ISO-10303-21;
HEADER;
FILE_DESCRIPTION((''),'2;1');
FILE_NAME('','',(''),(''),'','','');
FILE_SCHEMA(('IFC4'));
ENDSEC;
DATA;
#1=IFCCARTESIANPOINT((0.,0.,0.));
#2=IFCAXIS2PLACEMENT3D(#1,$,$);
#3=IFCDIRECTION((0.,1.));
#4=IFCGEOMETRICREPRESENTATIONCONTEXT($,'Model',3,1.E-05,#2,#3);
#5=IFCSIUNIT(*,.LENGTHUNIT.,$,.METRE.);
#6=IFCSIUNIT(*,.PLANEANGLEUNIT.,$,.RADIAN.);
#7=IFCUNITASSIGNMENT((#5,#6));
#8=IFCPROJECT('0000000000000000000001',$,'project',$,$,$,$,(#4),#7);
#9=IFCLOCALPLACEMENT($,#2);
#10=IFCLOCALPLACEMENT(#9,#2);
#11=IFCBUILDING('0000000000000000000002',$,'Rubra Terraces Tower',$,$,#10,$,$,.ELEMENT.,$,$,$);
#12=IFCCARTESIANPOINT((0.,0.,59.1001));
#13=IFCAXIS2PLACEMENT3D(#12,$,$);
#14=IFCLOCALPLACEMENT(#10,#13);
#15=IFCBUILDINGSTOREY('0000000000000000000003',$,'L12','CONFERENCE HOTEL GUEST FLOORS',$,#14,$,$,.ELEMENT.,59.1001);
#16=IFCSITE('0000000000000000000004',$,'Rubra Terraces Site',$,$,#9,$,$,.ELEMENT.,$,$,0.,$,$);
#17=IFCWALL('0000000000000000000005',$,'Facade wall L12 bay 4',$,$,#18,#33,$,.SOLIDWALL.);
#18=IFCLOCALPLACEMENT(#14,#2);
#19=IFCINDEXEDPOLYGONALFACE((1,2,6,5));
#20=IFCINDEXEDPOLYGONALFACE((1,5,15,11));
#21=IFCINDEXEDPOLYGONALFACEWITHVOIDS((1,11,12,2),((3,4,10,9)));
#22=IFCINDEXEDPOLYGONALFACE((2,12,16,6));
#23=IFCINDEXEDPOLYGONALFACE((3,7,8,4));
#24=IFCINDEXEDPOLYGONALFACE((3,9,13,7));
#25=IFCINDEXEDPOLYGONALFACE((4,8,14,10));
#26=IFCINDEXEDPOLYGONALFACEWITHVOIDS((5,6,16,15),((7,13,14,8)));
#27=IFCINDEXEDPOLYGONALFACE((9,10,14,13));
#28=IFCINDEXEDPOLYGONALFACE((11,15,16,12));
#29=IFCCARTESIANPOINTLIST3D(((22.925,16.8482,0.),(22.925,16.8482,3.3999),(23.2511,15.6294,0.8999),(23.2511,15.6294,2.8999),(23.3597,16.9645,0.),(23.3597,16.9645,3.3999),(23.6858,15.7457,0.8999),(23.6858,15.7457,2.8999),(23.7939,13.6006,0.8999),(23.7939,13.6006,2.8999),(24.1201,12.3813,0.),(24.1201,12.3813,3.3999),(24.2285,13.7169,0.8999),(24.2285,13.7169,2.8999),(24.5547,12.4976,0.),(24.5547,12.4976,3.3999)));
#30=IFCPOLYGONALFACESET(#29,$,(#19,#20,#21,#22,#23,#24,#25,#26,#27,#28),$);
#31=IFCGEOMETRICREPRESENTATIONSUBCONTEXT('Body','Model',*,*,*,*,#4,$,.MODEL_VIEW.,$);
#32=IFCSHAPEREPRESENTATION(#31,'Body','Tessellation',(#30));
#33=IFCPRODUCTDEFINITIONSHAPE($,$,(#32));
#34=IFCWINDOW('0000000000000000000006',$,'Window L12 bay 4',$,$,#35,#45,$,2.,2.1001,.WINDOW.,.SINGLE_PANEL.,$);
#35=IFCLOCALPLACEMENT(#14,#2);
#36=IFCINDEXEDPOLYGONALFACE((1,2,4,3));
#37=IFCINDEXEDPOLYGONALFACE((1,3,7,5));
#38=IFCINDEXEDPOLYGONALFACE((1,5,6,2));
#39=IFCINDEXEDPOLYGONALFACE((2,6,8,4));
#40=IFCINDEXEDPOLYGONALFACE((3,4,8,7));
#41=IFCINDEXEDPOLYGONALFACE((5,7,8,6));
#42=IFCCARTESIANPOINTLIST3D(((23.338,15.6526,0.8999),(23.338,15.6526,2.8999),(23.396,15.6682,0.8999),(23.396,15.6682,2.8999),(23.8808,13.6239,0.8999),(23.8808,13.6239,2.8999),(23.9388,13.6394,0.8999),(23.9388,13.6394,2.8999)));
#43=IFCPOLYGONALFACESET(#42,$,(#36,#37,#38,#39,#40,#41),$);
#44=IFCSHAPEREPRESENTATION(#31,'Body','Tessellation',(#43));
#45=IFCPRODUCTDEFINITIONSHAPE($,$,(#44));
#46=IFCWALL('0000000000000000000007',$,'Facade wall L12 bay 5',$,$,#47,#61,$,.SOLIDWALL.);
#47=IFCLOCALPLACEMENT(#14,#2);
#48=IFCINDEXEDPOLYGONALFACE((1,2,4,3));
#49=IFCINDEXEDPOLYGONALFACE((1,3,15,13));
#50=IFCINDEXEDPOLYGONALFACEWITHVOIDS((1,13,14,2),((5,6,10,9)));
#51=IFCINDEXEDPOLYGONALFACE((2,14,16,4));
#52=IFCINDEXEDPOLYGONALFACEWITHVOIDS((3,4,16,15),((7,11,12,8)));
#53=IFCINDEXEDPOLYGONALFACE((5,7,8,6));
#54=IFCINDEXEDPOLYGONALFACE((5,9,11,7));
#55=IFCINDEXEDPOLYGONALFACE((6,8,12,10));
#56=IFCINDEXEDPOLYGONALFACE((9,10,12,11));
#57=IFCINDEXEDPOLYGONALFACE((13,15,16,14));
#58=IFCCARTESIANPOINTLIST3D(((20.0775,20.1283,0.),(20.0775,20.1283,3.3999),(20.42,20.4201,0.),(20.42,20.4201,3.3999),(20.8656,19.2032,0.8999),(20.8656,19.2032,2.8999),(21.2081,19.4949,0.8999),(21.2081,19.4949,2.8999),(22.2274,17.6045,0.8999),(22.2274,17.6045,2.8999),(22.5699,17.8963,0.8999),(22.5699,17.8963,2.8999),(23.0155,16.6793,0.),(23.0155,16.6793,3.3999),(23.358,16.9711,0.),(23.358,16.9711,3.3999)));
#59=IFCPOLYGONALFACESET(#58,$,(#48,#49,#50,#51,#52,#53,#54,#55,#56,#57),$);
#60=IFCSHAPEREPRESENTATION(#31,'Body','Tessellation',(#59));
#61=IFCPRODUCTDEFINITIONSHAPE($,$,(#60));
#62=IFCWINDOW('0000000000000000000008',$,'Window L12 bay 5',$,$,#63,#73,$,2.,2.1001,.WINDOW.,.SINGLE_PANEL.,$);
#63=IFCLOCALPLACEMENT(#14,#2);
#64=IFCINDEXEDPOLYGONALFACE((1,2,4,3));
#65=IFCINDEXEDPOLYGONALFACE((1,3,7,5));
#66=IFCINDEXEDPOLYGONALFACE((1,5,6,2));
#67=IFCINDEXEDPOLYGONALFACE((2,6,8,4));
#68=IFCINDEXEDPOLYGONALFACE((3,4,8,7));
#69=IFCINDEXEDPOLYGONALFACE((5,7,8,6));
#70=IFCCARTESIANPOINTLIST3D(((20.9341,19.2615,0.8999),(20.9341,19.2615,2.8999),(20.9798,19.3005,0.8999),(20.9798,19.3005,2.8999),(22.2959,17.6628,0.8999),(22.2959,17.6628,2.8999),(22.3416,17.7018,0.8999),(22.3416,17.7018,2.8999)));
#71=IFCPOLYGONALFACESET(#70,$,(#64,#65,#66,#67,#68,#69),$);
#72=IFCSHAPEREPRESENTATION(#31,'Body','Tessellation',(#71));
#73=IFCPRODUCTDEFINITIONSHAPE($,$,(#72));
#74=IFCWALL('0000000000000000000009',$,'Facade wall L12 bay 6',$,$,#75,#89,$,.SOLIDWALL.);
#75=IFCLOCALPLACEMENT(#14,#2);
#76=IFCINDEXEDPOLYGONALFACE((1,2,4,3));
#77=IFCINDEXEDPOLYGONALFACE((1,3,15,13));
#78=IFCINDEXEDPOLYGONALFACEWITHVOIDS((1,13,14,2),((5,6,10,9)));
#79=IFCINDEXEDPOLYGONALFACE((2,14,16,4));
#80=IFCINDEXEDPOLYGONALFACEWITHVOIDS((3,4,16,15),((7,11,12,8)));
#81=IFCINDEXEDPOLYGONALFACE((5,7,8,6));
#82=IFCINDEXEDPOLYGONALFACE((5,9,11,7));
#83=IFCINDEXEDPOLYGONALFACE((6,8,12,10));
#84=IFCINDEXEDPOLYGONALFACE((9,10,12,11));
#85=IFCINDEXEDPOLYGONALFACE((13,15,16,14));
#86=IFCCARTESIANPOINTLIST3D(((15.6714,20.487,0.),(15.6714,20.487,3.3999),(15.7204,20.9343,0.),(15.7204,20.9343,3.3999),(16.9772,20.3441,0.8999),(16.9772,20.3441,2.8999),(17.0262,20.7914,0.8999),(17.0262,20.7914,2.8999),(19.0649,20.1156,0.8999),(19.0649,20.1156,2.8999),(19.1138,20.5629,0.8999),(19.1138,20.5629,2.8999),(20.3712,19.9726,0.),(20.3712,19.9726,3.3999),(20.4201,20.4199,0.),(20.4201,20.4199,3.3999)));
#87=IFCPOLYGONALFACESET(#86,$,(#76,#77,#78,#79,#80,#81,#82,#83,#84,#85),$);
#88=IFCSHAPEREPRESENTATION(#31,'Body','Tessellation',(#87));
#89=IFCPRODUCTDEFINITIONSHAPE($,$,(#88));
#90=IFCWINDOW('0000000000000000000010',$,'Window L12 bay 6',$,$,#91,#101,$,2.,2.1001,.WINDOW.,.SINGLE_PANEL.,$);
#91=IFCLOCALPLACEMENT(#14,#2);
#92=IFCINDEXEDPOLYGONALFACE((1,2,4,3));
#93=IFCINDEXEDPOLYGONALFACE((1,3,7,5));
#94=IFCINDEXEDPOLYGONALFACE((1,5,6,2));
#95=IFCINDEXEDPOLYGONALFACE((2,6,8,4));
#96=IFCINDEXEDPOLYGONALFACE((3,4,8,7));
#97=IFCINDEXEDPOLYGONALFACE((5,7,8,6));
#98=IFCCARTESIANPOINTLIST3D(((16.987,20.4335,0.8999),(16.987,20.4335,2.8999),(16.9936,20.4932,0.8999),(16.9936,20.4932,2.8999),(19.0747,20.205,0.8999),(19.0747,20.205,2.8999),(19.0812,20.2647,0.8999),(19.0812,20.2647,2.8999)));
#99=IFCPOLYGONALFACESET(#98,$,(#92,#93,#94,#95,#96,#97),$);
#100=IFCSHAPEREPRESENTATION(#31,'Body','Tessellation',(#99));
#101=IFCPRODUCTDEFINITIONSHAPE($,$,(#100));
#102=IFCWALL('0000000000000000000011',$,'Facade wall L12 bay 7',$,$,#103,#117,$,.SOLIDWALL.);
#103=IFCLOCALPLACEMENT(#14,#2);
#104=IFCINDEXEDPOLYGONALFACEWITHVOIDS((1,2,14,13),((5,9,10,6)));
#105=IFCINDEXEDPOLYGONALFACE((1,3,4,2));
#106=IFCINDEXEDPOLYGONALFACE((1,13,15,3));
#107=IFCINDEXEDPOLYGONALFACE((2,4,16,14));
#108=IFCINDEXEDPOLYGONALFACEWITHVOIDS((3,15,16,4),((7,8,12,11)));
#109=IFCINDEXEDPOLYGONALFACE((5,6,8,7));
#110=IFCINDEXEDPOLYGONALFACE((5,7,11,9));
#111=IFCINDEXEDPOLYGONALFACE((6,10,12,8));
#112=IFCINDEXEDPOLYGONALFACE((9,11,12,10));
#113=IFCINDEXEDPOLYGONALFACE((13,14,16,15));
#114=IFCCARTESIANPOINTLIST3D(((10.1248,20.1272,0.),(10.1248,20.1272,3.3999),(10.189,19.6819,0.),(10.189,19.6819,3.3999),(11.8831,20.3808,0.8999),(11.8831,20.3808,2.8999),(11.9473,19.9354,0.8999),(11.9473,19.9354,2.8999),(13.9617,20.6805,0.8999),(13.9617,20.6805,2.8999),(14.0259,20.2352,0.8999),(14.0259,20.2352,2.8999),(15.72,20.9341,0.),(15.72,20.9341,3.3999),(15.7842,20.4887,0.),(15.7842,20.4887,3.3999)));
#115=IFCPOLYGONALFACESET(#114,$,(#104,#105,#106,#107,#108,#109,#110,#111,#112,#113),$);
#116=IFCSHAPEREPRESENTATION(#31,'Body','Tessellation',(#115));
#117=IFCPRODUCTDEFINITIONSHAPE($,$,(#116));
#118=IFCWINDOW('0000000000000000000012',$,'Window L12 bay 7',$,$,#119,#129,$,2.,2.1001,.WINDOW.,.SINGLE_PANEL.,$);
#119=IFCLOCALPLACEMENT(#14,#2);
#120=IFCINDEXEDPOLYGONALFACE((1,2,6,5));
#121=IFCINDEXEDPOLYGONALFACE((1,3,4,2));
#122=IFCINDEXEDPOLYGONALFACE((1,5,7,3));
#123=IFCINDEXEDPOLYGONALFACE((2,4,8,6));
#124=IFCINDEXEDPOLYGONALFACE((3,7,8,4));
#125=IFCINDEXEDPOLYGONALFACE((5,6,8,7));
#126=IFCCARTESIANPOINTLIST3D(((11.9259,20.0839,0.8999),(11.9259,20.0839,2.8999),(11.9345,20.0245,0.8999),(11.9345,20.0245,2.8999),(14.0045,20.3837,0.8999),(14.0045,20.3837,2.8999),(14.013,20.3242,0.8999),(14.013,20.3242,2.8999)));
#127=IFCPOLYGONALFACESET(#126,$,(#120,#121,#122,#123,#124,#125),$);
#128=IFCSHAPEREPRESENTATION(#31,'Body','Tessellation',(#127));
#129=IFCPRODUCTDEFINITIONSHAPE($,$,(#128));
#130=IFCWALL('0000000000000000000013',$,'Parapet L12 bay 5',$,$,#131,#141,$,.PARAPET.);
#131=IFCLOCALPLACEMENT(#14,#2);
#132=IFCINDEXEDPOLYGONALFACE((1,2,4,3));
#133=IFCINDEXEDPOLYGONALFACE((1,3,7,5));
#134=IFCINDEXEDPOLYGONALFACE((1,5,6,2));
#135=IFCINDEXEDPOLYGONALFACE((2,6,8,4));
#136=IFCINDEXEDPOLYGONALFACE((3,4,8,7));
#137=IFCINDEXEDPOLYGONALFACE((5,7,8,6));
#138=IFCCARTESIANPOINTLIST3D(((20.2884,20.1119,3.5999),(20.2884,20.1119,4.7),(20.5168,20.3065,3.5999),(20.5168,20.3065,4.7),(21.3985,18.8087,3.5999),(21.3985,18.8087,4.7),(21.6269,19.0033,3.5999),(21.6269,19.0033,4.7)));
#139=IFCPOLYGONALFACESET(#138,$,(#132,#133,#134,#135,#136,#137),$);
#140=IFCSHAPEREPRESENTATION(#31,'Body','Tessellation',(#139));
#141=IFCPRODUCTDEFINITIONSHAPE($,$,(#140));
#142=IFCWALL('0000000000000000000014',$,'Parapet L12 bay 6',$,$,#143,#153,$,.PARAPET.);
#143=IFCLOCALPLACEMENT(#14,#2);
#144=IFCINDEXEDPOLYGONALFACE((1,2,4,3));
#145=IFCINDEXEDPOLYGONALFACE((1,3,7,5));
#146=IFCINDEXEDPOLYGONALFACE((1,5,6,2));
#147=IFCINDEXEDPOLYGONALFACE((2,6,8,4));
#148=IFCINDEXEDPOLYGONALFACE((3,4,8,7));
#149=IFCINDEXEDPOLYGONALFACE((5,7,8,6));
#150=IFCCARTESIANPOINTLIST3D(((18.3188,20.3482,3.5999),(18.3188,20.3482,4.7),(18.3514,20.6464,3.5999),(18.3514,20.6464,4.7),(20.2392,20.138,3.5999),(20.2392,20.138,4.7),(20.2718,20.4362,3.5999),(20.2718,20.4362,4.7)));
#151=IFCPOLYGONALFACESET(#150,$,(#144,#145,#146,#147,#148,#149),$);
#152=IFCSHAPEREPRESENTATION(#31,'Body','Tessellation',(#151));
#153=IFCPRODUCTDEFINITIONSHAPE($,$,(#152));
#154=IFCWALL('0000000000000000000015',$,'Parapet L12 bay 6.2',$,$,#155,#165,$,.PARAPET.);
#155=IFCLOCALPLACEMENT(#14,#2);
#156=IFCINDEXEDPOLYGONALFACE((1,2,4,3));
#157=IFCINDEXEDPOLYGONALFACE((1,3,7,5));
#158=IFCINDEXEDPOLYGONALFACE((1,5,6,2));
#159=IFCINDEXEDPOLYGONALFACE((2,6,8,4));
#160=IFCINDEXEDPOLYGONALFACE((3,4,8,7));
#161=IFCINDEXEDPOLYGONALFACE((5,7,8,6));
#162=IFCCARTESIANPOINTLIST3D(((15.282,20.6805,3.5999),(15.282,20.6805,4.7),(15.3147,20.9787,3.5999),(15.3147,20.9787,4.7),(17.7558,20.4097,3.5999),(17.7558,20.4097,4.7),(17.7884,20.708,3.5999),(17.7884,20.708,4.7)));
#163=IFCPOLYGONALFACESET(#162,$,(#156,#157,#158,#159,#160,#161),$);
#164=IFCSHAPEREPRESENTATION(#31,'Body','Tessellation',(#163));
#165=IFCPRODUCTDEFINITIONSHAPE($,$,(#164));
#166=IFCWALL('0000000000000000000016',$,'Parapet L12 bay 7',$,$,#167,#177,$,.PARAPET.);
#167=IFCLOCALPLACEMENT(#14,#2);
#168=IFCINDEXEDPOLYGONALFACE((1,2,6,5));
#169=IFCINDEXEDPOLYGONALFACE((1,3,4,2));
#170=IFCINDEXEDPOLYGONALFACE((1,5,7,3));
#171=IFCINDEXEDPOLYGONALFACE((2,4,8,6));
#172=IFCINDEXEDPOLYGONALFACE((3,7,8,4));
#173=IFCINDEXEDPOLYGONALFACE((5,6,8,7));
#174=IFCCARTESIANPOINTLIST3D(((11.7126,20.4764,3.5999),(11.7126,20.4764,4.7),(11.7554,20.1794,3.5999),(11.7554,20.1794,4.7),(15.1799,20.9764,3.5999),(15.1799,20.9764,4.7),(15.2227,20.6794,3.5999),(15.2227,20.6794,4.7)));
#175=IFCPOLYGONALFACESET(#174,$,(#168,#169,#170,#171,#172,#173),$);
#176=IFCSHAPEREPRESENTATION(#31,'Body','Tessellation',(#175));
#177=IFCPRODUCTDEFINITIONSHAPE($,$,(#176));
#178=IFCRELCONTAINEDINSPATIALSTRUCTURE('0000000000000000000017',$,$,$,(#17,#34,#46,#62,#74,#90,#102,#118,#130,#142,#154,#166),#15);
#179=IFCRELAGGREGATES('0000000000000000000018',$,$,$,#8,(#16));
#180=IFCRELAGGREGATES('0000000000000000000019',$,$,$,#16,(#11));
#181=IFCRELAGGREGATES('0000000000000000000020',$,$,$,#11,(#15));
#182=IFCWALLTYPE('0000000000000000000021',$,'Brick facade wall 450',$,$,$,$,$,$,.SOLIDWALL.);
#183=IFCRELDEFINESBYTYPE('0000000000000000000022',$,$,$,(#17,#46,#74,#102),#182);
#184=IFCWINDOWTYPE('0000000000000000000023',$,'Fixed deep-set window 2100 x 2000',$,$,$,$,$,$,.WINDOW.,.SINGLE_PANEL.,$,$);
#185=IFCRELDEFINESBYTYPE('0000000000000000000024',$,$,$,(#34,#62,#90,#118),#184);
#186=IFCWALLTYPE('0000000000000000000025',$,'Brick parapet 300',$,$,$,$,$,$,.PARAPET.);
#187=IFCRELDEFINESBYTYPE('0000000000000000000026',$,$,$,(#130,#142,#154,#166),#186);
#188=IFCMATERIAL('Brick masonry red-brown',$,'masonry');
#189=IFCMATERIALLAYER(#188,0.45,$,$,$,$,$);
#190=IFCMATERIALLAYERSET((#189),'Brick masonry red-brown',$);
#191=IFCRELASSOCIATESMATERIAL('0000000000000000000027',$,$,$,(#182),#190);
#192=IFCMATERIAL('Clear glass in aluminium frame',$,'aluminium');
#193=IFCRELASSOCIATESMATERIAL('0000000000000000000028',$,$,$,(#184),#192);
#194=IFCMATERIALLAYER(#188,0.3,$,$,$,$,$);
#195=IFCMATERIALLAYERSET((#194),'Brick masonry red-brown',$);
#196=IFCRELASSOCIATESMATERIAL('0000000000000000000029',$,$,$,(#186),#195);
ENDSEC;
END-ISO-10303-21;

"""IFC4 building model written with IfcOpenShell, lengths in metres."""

from ifc_helpers import new_model, si_unit, direction, frame, frame_2d, origin, place, context, subcontext, project, spatial, rectangle, extrude, material, layer, layer_set, type_object, element, fill, save


model = new_model("IFC4")

# Units and contexts
model_context = context("Model", 3, precision=1e-05, world=origin(), true_north=direction((0.0, 1.0)))
body_context = subcontext(model_context, "Body", "Model", "MODEL_VIEW")
ifc_project = project(units=[si_unit("LENGTHUNIT", "METRE"), si_unit("PLANEANGLEUNIT", "RADIAN")], contexts=[model_context])

# Site, building, storey
site_placement = place(None, origin())
site = spatial("IfcSite", under=ifc_project, at=site_placement, Name="Rubra Terraces Site", CompositionType="ELEMENT", RefElevation=0.0)
building_placement = place(site_placement, origin())
building = spatial("IfcBuilding", under=site, at=building_placement, Name="Rubra Terraces Tower", CompositionType="ELEMENT")
storey_placement = place(building_placement, frame((0.0, 0.0, 59.1001)))
storey = spatial("IfcBuildingStorey", under=building, at=storey_placement, Name="L12", Description="CONFERENCE HOTEL GUEST FLOORS", CompositionType="ELEMENT", Elevation=59.1001)

# Walls, openings, windows
ifc_material_1 = material(Name="Brick masonry red-brown", Category="masonry")
ifc_layer_1 = layer(ifc_material_1, 0.45)
ifc_layer_set_1 = layer_set([ifc_layer_1], Name="Brick masonry red-brown")
wall_type_1 = type_object("IfcWallType", Name="Brick facade wall 450", PredefinedType="SOLIDWALL", material=ifc_layer_set_1)
wall_1_placement = place(storey_placement, frame((24.3374, 12.4395, 0.0), z_axis=(0.0, 0.0, 1.0), x_axis=(-0.258441, 0.966027, 0.0)))
wall_1 = element("IfcWall", 1, at=wall_1_placement, inside=storey, type_object=wall_type_1, Name="Facade wall L12 bay 4", PredefinedType="SOLIDWALL", context=body_context, shape_type="SweptSolid", body=[
    extrude(rectangle(XDim=4.624, YDim=0.45, at=frame_2d((2.312, 0.0))), origin(), (0.0, 0.0, 1.0), 3.3999),
])
opening_1_placement = place(wall_1_placement, frame((1.2622, 0.0, 0.8999)))
opening_1 = element("IfcOpeningElement", 2, at=opening_1_placement, cuts=wall_1, PredefinedType="OPENING", context=body_context, shape_type="SweptSolid", body=[
    extrude(rectangle(XDim=2.1001, YDim=2.0, at=frame_2d((1.05, 1.0))), frame((0.0, 0.2349, 0.0), z_axis=(0.0, -1.0, 0.0), x_axis=(1.0, 0.0, 0.0)), (0.0, 0.0, 1.0), 0.47),
])
ifc_material_2 = material(Name="Clear glass in aluminium frame", Category="aluminium")
window_type = type_object("IfcWindowType", Name="Fixed deep-set window 2100 x 2000", PartitioningType="SINGLE_PANEL", PredefinedType="WINDOW", material=ifc_material_2)
window_1_placement = place(opening_1_placement, origin())
window_1 = element("IfcWindow", 3, at=window_1_placement, inside=storey, type_object=window_type, Name="Window L12 bay 4", OverallHeight=2.0, OverallWidth=2.1001, PartitioningType="SINGLE_PANEL", PredefinedType="WINDOW", context=body_context, shape_type="SweptSolid", body=[
    extrude(rectangle(XDim=2.1001, YDim=2.0, at=frame_2d((1.05, 1.0))), frame((0.0, 0.135, 0.0), z_axis=(0.0, -1.0, 0.0), x_axis=(1.0, 0.0, 0.0)), (0.0, 0.0, 1.0), 0.0601),
])
fill(opening_1, window_1)
wall_2_placement = place(storey_placement, frame((23.1868, 16.8252, 0.0), z_axis=(0.0, 0.0, 1.0), x_axis=(-0.648463, 0.761246, 0.0)))
wall_2 = element("IfcWall", 4, at=wall_2_placement, inside=storey, type_object=wall_type_1, Name="Facade wall L12 bay 5", PredefinedType="SOLIDWALL", context=body_context, shape_type="SweptSolid", body=[
    extrude(rectangle(XDim=4.5308, YDim=0.45, at=frame_2d((2.2654, 0.0))), origin(), (0.0, 0.0, 1.0), 3.3999),
])
opening_2_placement = place(wall_2_placement, frame((1.2153, 0.0, 0.8999)))
opening_2 = element("IfcOpeningElement", 5, at=opening_2_placement, cuts=wall_2, PredefinedType="OPENING", context=body_context, shape_type="SweptSolid", body=[
    extrude(rectangle(XDim=2.1001, YDim=2.0, at=frame_2d((1.05, 1.0))), frame((0.0, 0.2349, 0.0), z_axis=(0.0, -1.0, 0.0), x_axis=(1.0, 0.0, 0.0)), (0.0, 0.0, 1.0), 0.47),
])
window_2_placement = place(opening_2_placement, origin())
window_2 = element("IfcWindow", 6, at=window_2_placement, inside=storey, type_object=window_type, Name="Window L12 bay 5", OverallHeight=2.0, OverallWidth=2.1001, PartitioningType="SINGLE_PANEL", PredefinedType="WINDOW", context=body_context, shape_type="SweptSolid", body=[
    extrude(rectangle(XDim=2.1001, YDim=2.0, at=frame_2d((1.05, 1.0))), frame((0.0, 0.135, 0.0), z_axis=(0.0, -1.0, 0.0), x_axis=(1.0, 0.0, 0.0)), (0.0, 0.0, 1.0), 0.0601),
])
fill(opening_2, window_2)
wall_3_placement = place(storey_placement, frame((20.3955, 20.1963, 0.0), z_axis=(0.0, 0.0, 1.0), x_axis=(-0.994063, 0.108805, 0.0)))
wall_3 = element("IfcWall", 7, at=wall_3_placement, inside=storey, type_object=wall_type_1, Name="Facade wall L12 bay 6", PredefinedType="SOLIDWALL", context=body_context, shape_type="SweptSolid", body=[
    extrude(rectangle(XDim=4.7278, YDim=0.45, at=frame_2d((2.3638, 0.0))), origin(), (0.0, 0.0, 1.0), 3.3999),
])
opening_3_placement = place(wall_3_placement, frame((1.314, 0.0, 0.8999)))
opening_3 = element("IfcOpeningElement", 8, at=opening_3_placement, cuts=wall_3, PredefinedType="OPENING", context=body_context, shape_type="SweptSolid", body=[
    extrude(rectangle(XDim=2.1001, YDim=2.0, at=frame_2d((1.05, 1.0))), frame((0.0, 0.2349, 0.0), z_axis=(0.0, -1.0, 0.0), x_axis=(1.0, 0.0, 0.0)), (0.0, 0.0, 1.0), 0.47),
])
window_3_placement = place(opening_3_placement, origin())
window_3 = element("IfcWindow", 9, at=window_3_placement, inside=storey, type_object=window_type, Name="Window L12 bay 6", OverallHeight=2.0, OverallWidth=2.1001, PartitioningType="SINGLE_PANEL", PredefinedType="WINDOW", context=body_context, shape_type="SweptSolid", body=[
    extrude(rectangle(XDim=2.1001, YDim=2.0, at=frame_2d((1.05, 1.0))), frame((0.0, 0.135, 0.0), z_axis=(0.0, -1.0, 0.0), x_axis=(1.0, 0.0, 0.0)), (0.0, 0.0, 1.0), 0.0601),
])
fill(opening_3, window_3)
wall_4_placement = place(storey_placement, frame((15.7522, 20.7114, 0.0), z_axis=(0.0, 0.0, 1.0), x_axis=(-0.989761, -0.142733, 0.0)))
wall_4 = element("IfcWall", 10, at=wall_4_placement, inside=storey, type_object=wall_type_1, Name="Facade wall L12 bay 7", PredefinedType="SOLIDWALL", context=body_context, shape_type="SweptSolid", body=[
    extrude(rectangle(XDim=5.6531, YDim=0.45, at=frame_2d((2.8267, 0.0))), origin(), (0.0, 0.0, 1.0), 3.3999),
])
opening_4_placement = place(wall_4_placement, frame((1.7766, 0.0, 0.8999)))
opening_4 = element("IfcOpeningElement", 11, at=opening_4_placement, cuts=wall_4, PredefinedType="OPENING", context=body_context, shape_type="SweptSolid", body=[
    extrude(rectangle(XDim=2.1001, YDim=2.0, at=frame_2d((1.05, 1.0))), frame((0.0, 0.2349, 0.0), z_axis=(0.0, -1.0, 0.0), x_axis=(1.0, 0.0, 0.0)), (0.0, 0.0, 1.0), 0.47),
])
window_4_placement = place(opening_4_placement, origin())
window_4 = element("IfcWindow", 12, at=window_4_placement, inside=storey, type_object=window_type, Name="Window L12 bay 7", OverallHeight=2.0, OverallWidth=2.1001, PartitioningType="SINGLE_PANEL", PredefinedType="WINDOW", context=body_context, shape_type="SweptSolid", body=[
    extrude(rectangle(XDim=2.1001, YDim=2.0, at=frame_2d((1.05, 1.0))), frame((0.0, 0.135, 0.0), z_axis=(0.0, -1.0, 0.0), x_axis=(1.0, 0.0, 0.0)), (0.0, 0.0, 1.0), 0.0601),
])
fill(opening_4, window_4)

# Walls
ifc_layer_2 = layer(ifc_material_1, 0.3)
ifc_layer_set_2 = layer_set([ifc_layer_2], Name="Brick masonry red-brown")
wall_type_2 = type_object("IfcWallType", Name="Brick parapet 300", PredefinedType="PARAPET", material=ifc_layer_set_2)
wall_5_placement = place(storey_placement, frame((21.5127, 18.906, 3.5999), z_axis=(0.0, 0.0, 1.0), x_axis=(-0.648451, 0.761256, 0.0)))
element("IfcWall", 13, at=wall_5_placement, inside=storey, type_object=wall_type_2, Name="Parapet L12 bay 5", PredefinedType="PARAPET", context=body_context, shape_type="SweptSolid", body=[
    extrude(rectangle(XDim=1.7119, YDim=0.3, at=frame_2d((0.856, 0.0))), origin(), (0.0, 0.0, 1.0), 1.1001),
])
wall_6_placement = place(storey_placement, frame((20.2554, 20.2871, 3.5999), z_axis=(0.0, 0.0, 1.0), x_axis=(-0.994063, 0.108809, 0.0)))
element("IfcWall", 14, at=wall_6_placement, inside=storey, type_object=wall_type_2, Name="Parapet L12 bay 6", PredefinedType="PARAPET", context=body_context, shape_type="SweptSolid", body=[
    extrude(rectangle(XDim=1.9319, YDim=0.3, at=frame_2d((0.9658, 0.0))), origin(), (0.0, 0.0, 1.0), 1.1001),
])
wall_7_placement = place(storey_placement, frame((17.772, 20.5588, 3.5999), z_axis=(0.0, 0.0, 1.0), x_axis=(-0.994063, 0.108805, 0.0)))
element("IfcWall", 15, at=wall_7_placement, inside=storey, type_object=wall_type_2, Name="Parapet L12 bay 6.2", PredefinedType="PARAPET", context=body_context, shape_type="SweptSolid", body=[
    extrude(rectangle(XDim=2.4885, YDim=0.3, at=frame_2d((1.2441, 0.0))), origin(), (0.0, 0.0, 1.0), 1.1001),
])
wall_8_placement = place(storey_placement, frame((15.2012, 20.8279, 3.5999), z_axis=(0.0, 0.0, 1.0), x_axis=(-0.989762, -0.142729, 0.0)))
element("IfcWall", 16, at=wall_8_placement, inside=storey, type_object=wall_type_2, Name="Parapet L12 bay 7", PredefinedType="PARAPET", context=body_context, shape_type="SweptSolid", body=[
    extrude(rectangle(XDim=3.5032, YDim=0.3, at=frame_2d((1.7515, 0.0))), origin(), (0.0, 0.0, 1.0), 1.1001),
])

save(model, "model.ifc")
